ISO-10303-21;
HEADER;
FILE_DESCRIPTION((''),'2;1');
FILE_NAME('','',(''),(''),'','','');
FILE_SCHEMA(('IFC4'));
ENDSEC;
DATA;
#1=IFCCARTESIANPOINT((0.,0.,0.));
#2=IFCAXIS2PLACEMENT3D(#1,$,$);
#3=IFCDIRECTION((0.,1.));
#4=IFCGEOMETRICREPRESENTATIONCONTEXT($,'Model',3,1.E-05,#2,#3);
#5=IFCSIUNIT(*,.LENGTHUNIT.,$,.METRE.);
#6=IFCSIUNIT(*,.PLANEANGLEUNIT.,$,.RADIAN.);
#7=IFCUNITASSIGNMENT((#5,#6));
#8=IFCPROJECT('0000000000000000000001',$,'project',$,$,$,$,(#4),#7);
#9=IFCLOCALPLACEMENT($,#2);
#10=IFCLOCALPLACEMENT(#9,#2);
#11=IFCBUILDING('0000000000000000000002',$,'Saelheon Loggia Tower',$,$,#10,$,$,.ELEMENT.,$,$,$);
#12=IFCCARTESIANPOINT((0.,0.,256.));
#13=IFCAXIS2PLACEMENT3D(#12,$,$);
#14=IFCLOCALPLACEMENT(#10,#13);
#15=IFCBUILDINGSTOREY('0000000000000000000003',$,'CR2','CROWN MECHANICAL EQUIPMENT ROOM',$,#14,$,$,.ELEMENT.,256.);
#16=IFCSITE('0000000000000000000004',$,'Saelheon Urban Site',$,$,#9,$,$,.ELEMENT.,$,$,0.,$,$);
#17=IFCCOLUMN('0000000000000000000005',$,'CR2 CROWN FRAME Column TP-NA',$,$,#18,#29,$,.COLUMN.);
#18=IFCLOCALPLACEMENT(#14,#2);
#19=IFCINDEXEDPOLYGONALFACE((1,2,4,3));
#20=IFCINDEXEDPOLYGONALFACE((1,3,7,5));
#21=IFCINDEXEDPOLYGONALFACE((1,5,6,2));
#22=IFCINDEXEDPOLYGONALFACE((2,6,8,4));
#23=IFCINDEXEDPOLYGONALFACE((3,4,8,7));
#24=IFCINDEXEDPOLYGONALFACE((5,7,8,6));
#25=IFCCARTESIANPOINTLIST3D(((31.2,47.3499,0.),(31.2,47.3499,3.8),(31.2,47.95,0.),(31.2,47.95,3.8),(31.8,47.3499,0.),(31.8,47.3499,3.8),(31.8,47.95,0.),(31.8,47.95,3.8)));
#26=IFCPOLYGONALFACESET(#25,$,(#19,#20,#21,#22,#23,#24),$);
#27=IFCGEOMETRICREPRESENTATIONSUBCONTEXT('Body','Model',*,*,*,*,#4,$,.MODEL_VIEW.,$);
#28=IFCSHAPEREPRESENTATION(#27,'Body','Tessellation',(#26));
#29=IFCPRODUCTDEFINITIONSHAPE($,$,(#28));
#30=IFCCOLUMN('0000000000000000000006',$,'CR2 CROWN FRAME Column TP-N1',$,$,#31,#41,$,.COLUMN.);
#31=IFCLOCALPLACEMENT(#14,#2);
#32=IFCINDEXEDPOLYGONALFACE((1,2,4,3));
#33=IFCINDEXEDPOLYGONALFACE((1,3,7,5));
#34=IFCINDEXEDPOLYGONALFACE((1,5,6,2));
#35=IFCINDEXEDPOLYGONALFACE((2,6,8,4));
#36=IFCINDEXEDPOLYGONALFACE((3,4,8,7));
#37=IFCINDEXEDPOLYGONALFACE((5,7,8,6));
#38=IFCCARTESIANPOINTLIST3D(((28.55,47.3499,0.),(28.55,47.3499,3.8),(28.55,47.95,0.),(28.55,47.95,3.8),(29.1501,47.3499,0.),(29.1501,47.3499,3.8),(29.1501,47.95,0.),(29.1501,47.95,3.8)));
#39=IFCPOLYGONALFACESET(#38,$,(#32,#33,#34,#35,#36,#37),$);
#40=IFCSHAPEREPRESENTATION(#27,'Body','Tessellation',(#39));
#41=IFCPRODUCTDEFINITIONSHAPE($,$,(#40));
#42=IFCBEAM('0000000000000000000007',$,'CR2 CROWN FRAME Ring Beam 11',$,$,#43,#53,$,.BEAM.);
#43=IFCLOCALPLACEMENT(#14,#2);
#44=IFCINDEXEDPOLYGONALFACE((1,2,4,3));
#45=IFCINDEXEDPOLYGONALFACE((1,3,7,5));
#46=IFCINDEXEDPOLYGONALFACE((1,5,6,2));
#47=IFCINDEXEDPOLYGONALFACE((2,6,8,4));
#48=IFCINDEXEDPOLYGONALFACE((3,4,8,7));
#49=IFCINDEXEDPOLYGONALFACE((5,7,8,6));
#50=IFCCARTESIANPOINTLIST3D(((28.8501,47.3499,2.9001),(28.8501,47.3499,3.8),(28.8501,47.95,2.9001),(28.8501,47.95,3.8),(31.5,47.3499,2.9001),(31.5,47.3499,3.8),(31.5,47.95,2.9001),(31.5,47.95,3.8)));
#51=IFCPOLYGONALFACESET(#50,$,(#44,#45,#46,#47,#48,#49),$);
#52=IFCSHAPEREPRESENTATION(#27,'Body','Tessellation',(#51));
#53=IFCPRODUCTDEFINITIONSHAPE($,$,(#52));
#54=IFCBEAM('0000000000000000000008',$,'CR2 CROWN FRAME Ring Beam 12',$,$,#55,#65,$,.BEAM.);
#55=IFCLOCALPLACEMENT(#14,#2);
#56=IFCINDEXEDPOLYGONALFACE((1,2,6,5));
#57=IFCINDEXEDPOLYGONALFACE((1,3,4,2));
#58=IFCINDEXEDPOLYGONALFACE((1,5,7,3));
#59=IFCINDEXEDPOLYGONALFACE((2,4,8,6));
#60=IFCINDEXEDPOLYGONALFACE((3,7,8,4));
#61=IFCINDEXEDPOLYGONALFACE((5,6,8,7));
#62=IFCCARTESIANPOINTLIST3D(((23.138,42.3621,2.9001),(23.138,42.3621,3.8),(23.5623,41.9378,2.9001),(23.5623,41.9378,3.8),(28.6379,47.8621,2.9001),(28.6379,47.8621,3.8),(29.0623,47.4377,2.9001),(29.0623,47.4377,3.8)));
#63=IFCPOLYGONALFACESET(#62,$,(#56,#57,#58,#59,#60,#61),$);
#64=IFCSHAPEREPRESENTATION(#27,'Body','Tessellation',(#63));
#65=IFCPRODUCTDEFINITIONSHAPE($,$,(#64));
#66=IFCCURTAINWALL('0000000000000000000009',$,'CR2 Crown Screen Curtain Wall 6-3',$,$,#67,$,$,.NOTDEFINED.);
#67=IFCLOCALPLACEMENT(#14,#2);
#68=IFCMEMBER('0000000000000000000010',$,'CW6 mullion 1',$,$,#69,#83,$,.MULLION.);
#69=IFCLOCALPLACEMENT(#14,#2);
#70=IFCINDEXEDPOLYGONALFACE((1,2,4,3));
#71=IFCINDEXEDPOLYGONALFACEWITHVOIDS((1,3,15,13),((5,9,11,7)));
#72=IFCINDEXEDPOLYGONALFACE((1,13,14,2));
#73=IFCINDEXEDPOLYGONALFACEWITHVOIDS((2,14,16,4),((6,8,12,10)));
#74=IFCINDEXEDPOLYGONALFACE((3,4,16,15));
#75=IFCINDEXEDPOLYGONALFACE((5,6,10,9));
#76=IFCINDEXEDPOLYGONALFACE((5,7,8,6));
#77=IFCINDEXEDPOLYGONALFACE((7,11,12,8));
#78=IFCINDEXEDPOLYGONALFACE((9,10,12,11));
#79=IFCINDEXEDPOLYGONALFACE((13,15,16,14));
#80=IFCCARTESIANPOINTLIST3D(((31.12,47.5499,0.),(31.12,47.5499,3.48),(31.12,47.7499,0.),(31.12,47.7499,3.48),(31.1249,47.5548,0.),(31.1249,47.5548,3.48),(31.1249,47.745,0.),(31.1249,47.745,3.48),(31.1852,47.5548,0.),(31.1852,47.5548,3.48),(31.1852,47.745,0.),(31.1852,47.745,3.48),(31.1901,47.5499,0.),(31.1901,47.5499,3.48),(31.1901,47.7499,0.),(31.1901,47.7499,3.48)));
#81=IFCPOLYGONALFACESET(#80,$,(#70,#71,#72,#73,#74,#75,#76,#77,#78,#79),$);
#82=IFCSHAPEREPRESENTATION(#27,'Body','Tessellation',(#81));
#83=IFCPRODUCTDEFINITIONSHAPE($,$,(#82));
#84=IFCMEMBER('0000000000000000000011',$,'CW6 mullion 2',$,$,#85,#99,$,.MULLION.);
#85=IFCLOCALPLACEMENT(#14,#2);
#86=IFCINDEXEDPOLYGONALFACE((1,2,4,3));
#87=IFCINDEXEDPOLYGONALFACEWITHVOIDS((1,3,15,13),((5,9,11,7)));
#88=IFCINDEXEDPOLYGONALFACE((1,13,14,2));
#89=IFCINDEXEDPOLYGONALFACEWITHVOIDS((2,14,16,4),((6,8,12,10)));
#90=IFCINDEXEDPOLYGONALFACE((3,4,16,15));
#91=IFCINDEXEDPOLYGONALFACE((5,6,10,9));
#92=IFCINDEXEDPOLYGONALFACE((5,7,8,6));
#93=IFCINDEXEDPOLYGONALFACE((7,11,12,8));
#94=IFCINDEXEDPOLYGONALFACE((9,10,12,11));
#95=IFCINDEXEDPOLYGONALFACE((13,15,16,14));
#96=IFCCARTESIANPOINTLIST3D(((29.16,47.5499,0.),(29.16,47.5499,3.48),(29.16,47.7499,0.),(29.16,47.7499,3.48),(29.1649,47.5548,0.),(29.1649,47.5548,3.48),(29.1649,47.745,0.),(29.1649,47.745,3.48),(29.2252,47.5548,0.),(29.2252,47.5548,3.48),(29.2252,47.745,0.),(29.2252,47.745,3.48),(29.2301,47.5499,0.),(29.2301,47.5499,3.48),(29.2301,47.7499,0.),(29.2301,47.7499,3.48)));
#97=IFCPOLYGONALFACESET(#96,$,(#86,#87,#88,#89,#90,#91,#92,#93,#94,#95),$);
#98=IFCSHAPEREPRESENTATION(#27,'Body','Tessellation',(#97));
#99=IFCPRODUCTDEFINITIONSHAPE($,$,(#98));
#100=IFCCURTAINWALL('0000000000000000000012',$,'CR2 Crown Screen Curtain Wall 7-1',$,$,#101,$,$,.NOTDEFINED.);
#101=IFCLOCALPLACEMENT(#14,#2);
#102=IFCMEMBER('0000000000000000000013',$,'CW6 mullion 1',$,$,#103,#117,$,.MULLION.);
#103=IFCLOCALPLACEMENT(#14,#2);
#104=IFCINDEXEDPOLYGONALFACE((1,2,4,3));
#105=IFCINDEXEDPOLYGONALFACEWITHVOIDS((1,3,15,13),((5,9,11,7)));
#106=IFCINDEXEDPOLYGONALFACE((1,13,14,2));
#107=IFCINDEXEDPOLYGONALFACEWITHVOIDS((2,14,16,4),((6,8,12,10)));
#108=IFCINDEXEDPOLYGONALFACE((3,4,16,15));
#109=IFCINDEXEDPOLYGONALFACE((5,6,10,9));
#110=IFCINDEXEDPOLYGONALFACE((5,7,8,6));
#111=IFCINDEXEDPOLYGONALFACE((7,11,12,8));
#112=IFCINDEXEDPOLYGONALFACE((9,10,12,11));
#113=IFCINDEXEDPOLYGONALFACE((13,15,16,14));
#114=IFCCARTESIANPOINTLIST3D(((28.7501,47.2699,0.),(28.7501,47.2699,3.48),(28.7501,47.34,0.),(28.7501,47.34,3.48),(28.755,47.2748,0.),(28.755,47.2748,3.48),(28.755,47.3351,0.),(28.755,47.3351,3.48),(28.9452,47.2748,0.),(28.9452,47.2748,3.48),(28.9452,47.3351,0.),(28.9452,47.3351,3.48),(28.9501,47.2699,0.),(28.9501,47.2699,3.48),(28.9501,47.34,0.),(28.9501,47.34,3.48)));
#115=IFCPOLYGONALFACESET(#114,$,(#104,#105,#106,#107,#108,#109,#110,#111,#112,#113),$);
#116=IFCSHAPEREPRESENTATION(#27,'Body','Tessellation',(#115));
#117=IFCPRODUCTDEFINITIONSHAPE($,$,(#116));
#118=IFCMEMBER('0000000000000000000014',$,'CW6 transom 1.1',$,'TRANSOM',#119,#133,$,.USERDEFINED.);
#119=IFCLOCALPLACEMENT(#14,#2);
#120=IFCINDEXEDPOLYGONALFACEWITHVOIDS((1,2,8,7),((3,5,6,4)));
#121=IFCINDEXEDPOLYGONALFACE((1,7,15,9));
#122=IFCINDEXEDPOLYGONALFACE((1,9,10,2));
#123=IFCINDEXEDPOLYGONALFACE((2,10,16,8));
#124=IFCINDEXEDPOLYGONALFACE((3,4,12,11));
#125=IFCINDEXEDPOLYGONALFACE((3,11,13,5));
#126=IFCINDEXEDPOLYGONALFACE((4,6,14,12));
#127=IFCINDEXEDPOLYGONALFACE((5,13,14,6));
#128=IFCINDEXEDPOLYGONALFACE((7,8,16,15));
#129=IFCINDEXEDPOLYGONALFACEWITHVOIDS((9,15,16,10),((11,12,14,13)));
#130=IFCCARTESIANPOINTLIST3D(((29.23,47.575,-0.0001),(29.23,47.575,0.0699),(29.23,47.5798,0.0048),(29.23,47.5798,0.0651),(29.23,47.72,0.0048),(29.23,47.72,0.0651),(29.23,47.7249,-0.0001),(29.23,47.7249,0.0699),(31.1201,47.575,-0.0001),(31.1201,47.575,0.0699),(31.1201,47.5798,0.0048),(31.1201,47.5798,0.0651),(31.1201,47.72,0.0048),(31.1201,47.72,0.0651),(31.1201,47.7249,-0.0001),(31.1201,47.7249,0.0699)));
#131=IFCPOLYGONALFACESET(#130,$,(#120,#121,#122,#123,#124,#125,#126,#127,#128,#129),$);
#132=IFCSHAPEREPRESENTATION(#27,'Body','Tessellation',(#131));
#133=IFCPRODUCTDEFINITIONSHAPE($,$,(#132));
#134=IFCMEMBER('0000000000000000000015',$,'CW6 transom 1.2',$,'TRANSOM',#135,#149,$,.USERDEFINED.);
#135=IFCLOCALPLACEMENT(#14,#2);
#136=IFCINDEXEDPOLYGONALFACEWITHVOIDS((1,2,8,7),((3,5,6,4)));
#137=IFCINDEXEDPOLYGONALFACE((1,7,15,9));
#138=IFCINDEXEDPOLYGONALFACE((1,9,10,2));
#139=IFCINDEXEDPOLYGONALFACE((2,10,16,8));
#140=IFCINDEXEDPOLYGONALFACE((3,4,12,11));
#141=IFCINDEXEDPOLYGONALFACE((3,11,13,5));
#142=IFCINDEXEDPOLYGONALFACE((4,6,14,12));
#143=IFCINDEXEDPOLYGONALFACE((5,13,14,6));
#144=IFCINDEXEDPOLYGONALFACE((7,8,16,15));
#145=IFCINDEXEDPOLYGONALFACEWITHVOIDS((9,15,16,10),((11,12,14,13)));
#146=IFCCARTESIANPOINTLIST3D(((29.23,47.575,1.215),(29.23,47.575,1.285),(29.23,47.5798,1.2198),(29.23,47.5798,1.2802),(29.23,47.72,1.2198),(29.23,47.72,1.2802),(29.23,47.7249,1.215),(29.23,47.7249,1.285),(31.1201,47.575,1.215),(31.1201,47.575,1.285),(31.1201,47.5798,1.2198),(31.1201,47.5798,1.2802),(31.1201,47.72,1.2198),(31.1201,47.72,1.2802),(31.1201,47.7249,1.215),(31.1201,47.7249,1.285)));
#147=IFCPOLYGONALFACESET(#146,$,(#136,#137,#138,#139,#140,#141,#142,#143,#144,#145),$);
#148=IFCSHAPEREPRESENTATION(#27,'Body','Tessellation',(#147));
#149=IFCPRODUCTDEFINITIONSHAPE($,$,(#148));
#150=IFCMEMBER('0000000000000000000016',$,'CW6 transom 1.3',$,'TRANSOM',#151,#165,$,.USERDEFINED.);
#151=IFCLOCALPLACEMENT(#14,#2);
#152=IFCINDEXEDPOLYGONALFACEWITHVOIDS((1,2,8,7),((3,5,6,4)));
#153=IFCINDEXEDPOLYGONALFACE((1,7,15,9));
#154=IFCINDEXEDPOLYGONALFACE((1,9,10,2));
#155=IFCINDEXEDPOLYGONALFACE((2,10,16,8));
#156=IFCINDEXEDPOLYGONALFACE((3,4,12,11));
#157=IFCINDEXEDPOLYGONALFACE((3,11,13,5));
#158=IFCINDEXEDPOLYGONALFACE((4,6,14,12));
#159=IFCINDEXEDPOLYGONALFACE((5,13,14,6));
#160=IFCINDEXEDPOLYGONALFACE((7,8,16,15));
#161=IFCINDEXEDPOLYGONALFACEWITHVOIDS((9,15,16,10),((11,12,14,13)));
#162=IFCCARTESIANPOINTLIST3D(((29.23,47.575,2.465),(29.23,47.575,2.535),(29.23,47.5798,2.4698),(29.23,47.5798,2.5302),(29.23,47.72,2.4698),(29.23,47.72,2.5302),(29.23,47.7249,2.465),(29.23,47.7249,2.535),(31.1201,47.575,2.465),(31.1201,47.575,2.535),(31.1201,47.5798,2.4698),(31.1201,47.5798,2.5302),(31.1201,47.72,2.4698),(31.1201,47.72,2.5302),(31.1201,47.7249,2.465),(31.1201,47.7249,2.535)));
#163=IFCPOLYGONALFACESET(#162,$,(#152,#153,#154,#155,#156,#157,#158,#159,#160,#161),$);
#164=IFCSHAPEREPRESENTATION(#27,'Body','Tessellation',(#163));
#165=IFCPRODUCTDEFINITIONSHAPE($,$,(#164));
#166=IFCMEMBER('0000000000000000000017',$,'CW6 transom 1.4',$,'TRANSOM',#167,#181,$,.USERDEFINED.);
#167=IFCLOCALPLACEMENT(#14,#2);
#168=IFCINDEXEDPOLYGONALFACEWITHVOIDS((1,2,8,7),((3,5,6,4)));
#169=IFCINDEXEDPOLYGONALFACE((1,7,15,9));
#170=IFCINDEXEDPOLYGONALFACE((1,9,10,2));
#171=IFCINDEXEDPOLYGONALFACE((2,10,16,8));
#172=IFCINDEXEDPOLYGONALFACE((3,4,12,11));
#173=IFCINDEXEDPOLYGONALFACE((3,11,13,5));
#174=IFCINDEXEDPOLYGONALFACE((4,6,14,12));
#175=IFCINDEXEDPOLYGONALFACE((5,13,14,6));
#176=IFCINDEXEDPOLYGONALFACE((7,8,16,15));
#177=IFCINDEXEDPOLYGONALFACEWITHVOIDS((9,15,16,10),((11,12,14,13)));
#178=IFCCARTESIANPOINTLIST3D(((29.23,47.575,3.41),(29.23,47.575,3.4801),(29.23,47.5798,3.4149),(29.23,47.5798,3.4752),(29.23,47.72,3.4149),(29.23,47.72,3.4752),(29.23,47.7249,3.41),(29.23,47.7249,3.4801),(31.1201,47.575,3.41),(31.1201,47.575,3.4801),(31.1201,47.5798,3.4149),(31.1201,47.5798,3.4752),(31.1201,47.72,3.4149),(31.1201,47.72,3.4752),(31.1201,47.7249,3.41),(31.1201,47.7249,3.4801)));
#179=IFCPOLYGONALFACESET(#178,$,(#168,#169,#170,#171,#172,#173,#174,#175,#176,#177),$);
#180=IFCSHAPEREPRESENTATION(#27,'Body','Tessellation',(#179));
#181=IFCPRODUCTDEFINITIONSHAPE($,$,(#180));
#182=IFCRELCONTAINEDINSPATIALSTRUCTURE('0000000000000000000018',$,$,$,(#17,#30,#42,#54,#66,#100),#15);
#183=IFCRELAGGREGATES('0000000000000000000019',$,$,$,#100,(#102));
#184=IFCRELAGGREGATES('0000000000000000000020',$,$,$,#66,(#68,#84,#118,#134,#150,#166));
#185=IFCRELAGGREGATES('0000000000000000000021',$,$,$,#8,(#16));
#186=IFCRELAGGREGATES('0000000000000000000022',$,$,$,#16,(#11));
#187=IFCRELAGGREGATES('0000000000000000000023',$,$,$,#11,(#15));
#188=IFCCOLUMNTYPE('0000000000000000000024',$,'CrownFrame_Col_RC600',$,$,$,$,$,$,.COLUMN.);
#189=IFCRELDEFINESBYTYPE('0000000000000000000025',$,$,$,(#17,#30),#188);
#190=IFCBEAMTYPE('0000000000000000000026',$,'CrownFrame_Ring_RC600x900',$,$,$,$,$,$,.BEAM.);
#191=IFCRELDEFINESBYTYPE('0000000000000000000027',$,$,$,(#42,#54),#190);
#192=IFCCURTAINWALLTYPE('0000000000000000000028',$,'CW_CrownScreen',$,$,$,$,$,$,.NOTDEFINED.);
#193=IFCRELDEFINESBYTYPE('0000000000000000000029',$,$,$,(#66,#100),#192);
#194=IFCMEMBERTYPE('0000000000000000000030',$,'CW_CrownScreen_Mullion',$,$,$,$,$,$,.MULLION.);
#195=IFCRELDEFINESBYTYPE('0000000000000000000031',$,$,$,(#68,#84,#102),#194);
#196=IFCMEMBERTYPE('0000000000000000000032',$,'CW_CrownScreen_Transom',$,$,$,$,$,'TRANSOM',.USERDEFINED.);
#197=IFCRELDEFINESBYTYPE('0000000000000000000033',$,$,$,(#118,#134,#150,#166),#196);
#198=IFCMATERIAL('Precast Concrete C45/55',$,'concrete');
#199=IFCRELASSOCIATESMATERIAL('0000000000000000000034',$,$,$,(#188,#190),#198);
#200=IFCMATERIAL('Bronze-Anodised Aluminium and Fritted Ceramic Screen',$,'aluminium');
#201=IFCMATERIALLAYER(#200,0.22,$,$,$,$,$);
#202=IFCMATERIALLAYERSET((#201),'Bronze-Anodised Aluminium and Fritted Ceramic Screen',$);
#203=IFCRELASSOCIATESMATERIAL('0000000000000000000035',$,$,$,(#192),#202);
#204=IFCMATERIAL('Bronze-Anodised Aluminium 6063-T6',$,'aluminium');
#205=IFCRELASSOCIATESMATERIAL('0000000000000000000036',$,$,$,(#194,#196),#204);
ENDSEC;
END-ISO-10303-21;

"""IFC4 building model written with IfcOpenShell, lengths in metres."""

from ifc_helpers import new_model, si_unit, direction, frame, origin, origin_2d, place, context, subcontext, project, spatial, rectangle, hollow_rectangle, extrude, source, transform, mapped, material, layer, layer_set, material_profile, profile_set, type_object, element, aggregate, save


model = new_model("IFC4")

# Units and contexts
model_context = context("Model", 3, precision=1e-05, world=origin(), true_north=direction((0.0, 1.0)))
body_context = subcontext(model_context, "Body", "Model", "MODEL_VIEW")
ifc_project = project(units=[si_unit("LENGTHUNIT", "METRE"), si_unit("PLANEANGLEUNIT", "RADIAN")], contexts=[model_context])

# Site, building, storey
site_placement = place(None, origin())
site = spatial("IfcSite", under=ifc_project, at=site_placement, Name="Saelheon Urban Site", CompositionType="ELEMENT", RefElevation=0.0)
building_placement = place(site_placement, origin())
building = spatial("IfcBuilding", under=site, at=building_placement, Name="Saelheon Loggia Tower", CompositionType="ELEMENT")
storey_placement = place(building_placement, frame((0.0, 0.0, 256.0)))
storey = spatial("IfcBuildingStorey", under=building, at=storey_placement, Name="CR2", Description="CROWN MECHANICAL EQUIPMENT ROOM", CompositionType="ELEMENT", Elevation=256.0)

# Columns
ifc_material_1 = material(Name="Precast Concrete C45/55", Category="concrete")
ifc_material_profile_1 = material_profile(ifc_material_1, rectangle(XDim=0.6001, YDim=0.6001, at=origin_2d()), Name="RC-600x600")
ifc_profile_set_1 = profile_set([ifc_material_profile_1], Name="Precast Concrete C45/55")
column_type = type_object("IfcColumnType", Name="CrownFrame_Col_RC600", PredefinedType="COLUMN", material=ifc_profile_set_1)
shared_shape_1 = source(origin(), body_context, "Body", "SweptSolid", [
    extrude(rectangle(XDim=0.6001, YDim=0.6001, at=origin_2d()), origin(), (0.0, 0.0, 1.0), 3.8),
])
for number, where, z_axis, x_axis, name in (
    (1, (31.5, 47.6499, 0.0), (0.0, 0.0, 1.0), (1.0, 0.0, 0.0), "CR2 CROWN FRAME Column TP-NA"),
    (2, (28.8501, 47.6499, 0.0), (0.0, 0.0, 1.0), (1.0, 0.0, 0.0), "CR2 CROWN FRAME Column TP-N1"),
):
    element("IfcColumn", number, at=place(storey_placement, frame(where, z_axis=z_axis, x_axis=x_axis)), inside=storey, type_object=column_type, Name=name, PredefinedType="COLUMN", context=body_context, shape_type="MappedRepresentation", body=[
        mapped(shared_shape_1, transform((0.0, 0.0, 0.0), scale=1.0)),
    ])

# Beams
ifc_material_profile_2 = material_profile(ifc_material_1, rectangle(XDim=0.6001, YDim=0.8999, at=origin_2d()), Name="RC-600x900")
ifc_profile_set_2 = profile_set([ifc_material_profile_2], Name="Precast Concrete C45/55")
beam_type = type_object("IfcBeamType", Name="CrownFrame_Ring_RC600x900", PredefinedType="BEAM", material=ifc_profile_set_2)
shared_shape_2 = source(origin(), body_context, "Body", "SweptSolid", [
    extrude(rectangle(XDim=0.6001, YDim=0.8999, at=origin_2d()), origin(), (0.0, 0.0, 1.0), 2.6499),
])
beam_1_placement = place(storey_placement, frame((31.5, 47.6499, 3.3501), z_axis=(-1.0, 0.0, 0.0), x_axis=(0.0, -1.0, 0.0)))
element("IfcBeam", 3, at=beam_1_placement, inside=storey, type_object=beam_type, Name="CR2 CROWN FRAME Ring Beam 11", PredefinedType="BEAM", context=body_context, shape_type="MappedRepresentation", body=[
    mapped(shared_shape_2, transform((0.0, 0.0, 0.0), scale=1.0)),
])
shared_shape_3 = source(origin(), body_context, "Body", "SweptSolid", [
    extrude(rectangle(XDim=0.6001, YDim=0.8999, at=origin_2d()), origin(), (0.0, 0.0, 1.0), 7.7781),
])
beam_2_placement = place(storey_placement, frame((28.8501, 47.6499, 3.3501), z_axis=(-0.707107, -0.707107, 0.0), x_axis=(0.707107, -0.707107, 0.0)))
element("IfcBeam", 4, at=beam_2_placement, inside=storey, type_object=beam_type, Name="CR2 CROWN FRAME Ring Beam 12", PredefinedType="BEAM", context=body_context, shape_type="MappedRepresentation", body=[
    mapped(shared_shape_3, transform((0.0, 0.0, 0.0), scale=1.0)),
])

# Curtain wall, members
ifc_material_2 = material(Name="Bronze-Anodised Aluminium and Fritted Ceramic Screen", Category="aluminium")
ifc_layer_1 = layer(ifc_material_2, 0.22)
ifc_layer_set_1 = layer_set([ifc_layer_1], Name="Bronze-Anodised Aluminium and Fritted Ceramic Screen")
curtain_wall_type = type_object("IfcCurtainWallType", Name="CW_CrownScreen", PredefinedType="NOTDEFINED", material=ifc_layer_set_1)
curtain_wall_1_placement = place(storey_placement, origin())
curtain_wall_1 = element("IfcCurtainWall", 5, at=curtain_wall_1_placement, inside=storey, type_object=curtain_wall_type, Name="CR2 Crown Screen Curtain Wall 6-3", PredefinedType="NOTDEFINED")
ifc_material_3 = material(Name="Bronze-Anodised Aluminium 6063-T6", Category="aluminium")
ifc_material_profile_3 = material_profile(ifc_material_3, hollow_rectangle(XDim=0.0701, YDim=0.2, WallThickness=0.0049, at=origin_2d()), Name="RHS-200x70x5")
ifc_profile_set_3 = profile_set([ifc_material_profile_3], Name="Bronze-Anodised Aluminium 6063-T6")
member_type_1 = type_object("IfcMemberType", Name="CW_CrownScreen_Mullion", PredefinedType="MULLION", material=ifc_profile_set_3)
shared_shape_4 = source(origin(), body_context, "Body", "SweptSolid", [
    extrude(hollow_rectangle(XDim=0.0701, YDim=0.2, WallThickness=0.0049, at=origin_2d()), origin(), (0.0, 0.0, 1.0), 3.48),
])
member_1_placement = place(storey_placement, frame((31.155, 47.6499, 0.0), z_axis=(0.0, 0.0, 1.0), x_axis=(-1.0, 0.0, 0.0)))
member_1 = element("IfcMember", 6, at=member_1_placement, type_object=member_type_1, Name="CW6 mullion 1", PredefinedType="MULLION", context=body_context, shape_type="MappedRepresentation", body=[
    mapped(shared_shape_4, transform((0.0, 0.0, 0.0), scale=1.0)),
])
member_2_placement = place(storey_placement, frame((29.1951, 47.6499, 0.0), z_axis=(0.0, 0.0, 1.0), x_axis=(-1.0, 0.0, 0.0)))
member_2 = element("IfcMember", 7, at=member_2_placement, type_object=member_type_1, Name="CW6 mullion 2", PredefinedType="MULLION", context=body_context, shape_type="MappedRepresentation", body=[
    mapped(shared_shape_4, transform((0.0, 0.0, 0.0), scale=1.0)),
])

# Curtain wall, member
curtain_wall_2_placement = place(storey_placement, origin())
curtain_wall_2 = element("IfcCurtainWall", 8, at=curtain_wall_2_placement, inside=storey, type_object=curtain_wall_type, Name="CR2 Crown Screen Curtain Wall 7-1", PredefinedType="NOTDEFINED")
member_3_placement = place(storey_placement, frame((28.8501, 47.3049, 0.0), z_axis=(0.0, 0.0, 1.0), x_axis=(0.0, -1.0, 0.0)))
member_3 = element("IfcMember", 9, at=member_3_placement, type_object=member_type_1, Name="CW6 mullion 1", PredefinedType="MULLION", context=body_context, shape_type="MappedRepresentation", body=[
    mapped(shared_shape_4, transform((0.0, 0.0, 0.0), scale=1.0)),
])

# Members
ifc_material_profile_4 = material_profile(ifc_material_3, hollow_rectangle(XDim=0.0701, YDim=0.1499, WallThickness=0.0049, at=origin_2d()), Name="RHS-150x70x5")
ifc_profile_set_4 = profile_set([ifc_material_profile_4], Name="Bronze-Anodised Aluminium 6063-T6")
member_type_2 = type_object("IfcMemberType", Name="CW_CrownScreen_Transom", ElementType="TRANSOM", PredefinedType="USERDEFINED", material=ifc_profile_set_4)
shared_shape_5 = source(origin(), body_context, "Body", "SweptSolid", [
    extrude(hollow_rectangle(XDim=0.0701, YDim=0.1499, WallThickness=0.0049, at=origin_2d()), origin(), (0.0, 0.0, 1.0), 1.8901),
])
member_4_placement = place(storey_placement, frame((31.1201, 47.6499, 0.0349), z_axis=(-1.0, 0.0, 0.0), x_axis=(0.0, 0.0, 1.0)))
member_4 = element("IfcMember", 10, at=member_4_placement, type_object=member_type_2, Name="CW6 transom 1.1", ObjectType="TRANSOM", PredefinedType="USERDEFINED", context=body_context, shape_type="MappedRepresentation", body=[
    mapped(shared_shape_5, transform((0.0, 0.0, 0.0), scale=1.0)),
])
member_5_placement = place(storey_placement, frame((31.1201, 47.6499, 1.25), z_axis=(-1.0, 0.0, 0.0), x_axis=(0.0, 0.0, 1.0)))
member_5 = element("IfcMember", 11, at=member_5_placement, type_object=member_type_2, Name="CW6 transom 1.2", ObjectType="TRANSOM", PredefinedType="USERDEFINED", context=body_context, shape_type="MappedRepresentation", body=[
    mapped(shared_shape_5, transform((0.0, 0.0, 0.0), scale=1.0)),
])
member_6_placement = place(storey_placement, frame((31.1201, 47.6499, 2.5), z_axis=(-1.0, 0.0, 0.0), x_axis=(0.0, 0.0, 1.0)))
member_6 = element("IfcMember", 12, at=member_6_placement, type_object=member_type_2, Name="CW6 transom 1.3", ObjectType="TRANSOM", PredefinedType="USERDEFINED", context=body_context, shape_type="MappedRepresentation", body=[
    mapped(shared_shape_5, transform((0.0, 0.0, 0.0), scale=1.0)),
])
member_7_placement = place(storey_placement, frame((31.1201, 47.6499, 3.4451), z_axis=(-1.0, 0.0, 0.0), x_axis=(0.0, 0.0, 1.0)))
member_7 = element("IfcMember", 13, at=member_7_placement, type_object=member_type_2, Name="CW6 transom 1.4", ObjectType="TRANSOM", PredefinedType="USERDEFINED", context=body_context, shape_type="MappedRepresentation", body=[
    mapped(shared_shape_5, transform((0.0, 0.0, 0.0), scale=1.0)),
])
aggregate(curtain_wall_2, [member_3])

aggregate(curtain_wall_1, [member_1, member_2, member_4, member_5, member_6, member_7])

save(model, "model.ifc")
